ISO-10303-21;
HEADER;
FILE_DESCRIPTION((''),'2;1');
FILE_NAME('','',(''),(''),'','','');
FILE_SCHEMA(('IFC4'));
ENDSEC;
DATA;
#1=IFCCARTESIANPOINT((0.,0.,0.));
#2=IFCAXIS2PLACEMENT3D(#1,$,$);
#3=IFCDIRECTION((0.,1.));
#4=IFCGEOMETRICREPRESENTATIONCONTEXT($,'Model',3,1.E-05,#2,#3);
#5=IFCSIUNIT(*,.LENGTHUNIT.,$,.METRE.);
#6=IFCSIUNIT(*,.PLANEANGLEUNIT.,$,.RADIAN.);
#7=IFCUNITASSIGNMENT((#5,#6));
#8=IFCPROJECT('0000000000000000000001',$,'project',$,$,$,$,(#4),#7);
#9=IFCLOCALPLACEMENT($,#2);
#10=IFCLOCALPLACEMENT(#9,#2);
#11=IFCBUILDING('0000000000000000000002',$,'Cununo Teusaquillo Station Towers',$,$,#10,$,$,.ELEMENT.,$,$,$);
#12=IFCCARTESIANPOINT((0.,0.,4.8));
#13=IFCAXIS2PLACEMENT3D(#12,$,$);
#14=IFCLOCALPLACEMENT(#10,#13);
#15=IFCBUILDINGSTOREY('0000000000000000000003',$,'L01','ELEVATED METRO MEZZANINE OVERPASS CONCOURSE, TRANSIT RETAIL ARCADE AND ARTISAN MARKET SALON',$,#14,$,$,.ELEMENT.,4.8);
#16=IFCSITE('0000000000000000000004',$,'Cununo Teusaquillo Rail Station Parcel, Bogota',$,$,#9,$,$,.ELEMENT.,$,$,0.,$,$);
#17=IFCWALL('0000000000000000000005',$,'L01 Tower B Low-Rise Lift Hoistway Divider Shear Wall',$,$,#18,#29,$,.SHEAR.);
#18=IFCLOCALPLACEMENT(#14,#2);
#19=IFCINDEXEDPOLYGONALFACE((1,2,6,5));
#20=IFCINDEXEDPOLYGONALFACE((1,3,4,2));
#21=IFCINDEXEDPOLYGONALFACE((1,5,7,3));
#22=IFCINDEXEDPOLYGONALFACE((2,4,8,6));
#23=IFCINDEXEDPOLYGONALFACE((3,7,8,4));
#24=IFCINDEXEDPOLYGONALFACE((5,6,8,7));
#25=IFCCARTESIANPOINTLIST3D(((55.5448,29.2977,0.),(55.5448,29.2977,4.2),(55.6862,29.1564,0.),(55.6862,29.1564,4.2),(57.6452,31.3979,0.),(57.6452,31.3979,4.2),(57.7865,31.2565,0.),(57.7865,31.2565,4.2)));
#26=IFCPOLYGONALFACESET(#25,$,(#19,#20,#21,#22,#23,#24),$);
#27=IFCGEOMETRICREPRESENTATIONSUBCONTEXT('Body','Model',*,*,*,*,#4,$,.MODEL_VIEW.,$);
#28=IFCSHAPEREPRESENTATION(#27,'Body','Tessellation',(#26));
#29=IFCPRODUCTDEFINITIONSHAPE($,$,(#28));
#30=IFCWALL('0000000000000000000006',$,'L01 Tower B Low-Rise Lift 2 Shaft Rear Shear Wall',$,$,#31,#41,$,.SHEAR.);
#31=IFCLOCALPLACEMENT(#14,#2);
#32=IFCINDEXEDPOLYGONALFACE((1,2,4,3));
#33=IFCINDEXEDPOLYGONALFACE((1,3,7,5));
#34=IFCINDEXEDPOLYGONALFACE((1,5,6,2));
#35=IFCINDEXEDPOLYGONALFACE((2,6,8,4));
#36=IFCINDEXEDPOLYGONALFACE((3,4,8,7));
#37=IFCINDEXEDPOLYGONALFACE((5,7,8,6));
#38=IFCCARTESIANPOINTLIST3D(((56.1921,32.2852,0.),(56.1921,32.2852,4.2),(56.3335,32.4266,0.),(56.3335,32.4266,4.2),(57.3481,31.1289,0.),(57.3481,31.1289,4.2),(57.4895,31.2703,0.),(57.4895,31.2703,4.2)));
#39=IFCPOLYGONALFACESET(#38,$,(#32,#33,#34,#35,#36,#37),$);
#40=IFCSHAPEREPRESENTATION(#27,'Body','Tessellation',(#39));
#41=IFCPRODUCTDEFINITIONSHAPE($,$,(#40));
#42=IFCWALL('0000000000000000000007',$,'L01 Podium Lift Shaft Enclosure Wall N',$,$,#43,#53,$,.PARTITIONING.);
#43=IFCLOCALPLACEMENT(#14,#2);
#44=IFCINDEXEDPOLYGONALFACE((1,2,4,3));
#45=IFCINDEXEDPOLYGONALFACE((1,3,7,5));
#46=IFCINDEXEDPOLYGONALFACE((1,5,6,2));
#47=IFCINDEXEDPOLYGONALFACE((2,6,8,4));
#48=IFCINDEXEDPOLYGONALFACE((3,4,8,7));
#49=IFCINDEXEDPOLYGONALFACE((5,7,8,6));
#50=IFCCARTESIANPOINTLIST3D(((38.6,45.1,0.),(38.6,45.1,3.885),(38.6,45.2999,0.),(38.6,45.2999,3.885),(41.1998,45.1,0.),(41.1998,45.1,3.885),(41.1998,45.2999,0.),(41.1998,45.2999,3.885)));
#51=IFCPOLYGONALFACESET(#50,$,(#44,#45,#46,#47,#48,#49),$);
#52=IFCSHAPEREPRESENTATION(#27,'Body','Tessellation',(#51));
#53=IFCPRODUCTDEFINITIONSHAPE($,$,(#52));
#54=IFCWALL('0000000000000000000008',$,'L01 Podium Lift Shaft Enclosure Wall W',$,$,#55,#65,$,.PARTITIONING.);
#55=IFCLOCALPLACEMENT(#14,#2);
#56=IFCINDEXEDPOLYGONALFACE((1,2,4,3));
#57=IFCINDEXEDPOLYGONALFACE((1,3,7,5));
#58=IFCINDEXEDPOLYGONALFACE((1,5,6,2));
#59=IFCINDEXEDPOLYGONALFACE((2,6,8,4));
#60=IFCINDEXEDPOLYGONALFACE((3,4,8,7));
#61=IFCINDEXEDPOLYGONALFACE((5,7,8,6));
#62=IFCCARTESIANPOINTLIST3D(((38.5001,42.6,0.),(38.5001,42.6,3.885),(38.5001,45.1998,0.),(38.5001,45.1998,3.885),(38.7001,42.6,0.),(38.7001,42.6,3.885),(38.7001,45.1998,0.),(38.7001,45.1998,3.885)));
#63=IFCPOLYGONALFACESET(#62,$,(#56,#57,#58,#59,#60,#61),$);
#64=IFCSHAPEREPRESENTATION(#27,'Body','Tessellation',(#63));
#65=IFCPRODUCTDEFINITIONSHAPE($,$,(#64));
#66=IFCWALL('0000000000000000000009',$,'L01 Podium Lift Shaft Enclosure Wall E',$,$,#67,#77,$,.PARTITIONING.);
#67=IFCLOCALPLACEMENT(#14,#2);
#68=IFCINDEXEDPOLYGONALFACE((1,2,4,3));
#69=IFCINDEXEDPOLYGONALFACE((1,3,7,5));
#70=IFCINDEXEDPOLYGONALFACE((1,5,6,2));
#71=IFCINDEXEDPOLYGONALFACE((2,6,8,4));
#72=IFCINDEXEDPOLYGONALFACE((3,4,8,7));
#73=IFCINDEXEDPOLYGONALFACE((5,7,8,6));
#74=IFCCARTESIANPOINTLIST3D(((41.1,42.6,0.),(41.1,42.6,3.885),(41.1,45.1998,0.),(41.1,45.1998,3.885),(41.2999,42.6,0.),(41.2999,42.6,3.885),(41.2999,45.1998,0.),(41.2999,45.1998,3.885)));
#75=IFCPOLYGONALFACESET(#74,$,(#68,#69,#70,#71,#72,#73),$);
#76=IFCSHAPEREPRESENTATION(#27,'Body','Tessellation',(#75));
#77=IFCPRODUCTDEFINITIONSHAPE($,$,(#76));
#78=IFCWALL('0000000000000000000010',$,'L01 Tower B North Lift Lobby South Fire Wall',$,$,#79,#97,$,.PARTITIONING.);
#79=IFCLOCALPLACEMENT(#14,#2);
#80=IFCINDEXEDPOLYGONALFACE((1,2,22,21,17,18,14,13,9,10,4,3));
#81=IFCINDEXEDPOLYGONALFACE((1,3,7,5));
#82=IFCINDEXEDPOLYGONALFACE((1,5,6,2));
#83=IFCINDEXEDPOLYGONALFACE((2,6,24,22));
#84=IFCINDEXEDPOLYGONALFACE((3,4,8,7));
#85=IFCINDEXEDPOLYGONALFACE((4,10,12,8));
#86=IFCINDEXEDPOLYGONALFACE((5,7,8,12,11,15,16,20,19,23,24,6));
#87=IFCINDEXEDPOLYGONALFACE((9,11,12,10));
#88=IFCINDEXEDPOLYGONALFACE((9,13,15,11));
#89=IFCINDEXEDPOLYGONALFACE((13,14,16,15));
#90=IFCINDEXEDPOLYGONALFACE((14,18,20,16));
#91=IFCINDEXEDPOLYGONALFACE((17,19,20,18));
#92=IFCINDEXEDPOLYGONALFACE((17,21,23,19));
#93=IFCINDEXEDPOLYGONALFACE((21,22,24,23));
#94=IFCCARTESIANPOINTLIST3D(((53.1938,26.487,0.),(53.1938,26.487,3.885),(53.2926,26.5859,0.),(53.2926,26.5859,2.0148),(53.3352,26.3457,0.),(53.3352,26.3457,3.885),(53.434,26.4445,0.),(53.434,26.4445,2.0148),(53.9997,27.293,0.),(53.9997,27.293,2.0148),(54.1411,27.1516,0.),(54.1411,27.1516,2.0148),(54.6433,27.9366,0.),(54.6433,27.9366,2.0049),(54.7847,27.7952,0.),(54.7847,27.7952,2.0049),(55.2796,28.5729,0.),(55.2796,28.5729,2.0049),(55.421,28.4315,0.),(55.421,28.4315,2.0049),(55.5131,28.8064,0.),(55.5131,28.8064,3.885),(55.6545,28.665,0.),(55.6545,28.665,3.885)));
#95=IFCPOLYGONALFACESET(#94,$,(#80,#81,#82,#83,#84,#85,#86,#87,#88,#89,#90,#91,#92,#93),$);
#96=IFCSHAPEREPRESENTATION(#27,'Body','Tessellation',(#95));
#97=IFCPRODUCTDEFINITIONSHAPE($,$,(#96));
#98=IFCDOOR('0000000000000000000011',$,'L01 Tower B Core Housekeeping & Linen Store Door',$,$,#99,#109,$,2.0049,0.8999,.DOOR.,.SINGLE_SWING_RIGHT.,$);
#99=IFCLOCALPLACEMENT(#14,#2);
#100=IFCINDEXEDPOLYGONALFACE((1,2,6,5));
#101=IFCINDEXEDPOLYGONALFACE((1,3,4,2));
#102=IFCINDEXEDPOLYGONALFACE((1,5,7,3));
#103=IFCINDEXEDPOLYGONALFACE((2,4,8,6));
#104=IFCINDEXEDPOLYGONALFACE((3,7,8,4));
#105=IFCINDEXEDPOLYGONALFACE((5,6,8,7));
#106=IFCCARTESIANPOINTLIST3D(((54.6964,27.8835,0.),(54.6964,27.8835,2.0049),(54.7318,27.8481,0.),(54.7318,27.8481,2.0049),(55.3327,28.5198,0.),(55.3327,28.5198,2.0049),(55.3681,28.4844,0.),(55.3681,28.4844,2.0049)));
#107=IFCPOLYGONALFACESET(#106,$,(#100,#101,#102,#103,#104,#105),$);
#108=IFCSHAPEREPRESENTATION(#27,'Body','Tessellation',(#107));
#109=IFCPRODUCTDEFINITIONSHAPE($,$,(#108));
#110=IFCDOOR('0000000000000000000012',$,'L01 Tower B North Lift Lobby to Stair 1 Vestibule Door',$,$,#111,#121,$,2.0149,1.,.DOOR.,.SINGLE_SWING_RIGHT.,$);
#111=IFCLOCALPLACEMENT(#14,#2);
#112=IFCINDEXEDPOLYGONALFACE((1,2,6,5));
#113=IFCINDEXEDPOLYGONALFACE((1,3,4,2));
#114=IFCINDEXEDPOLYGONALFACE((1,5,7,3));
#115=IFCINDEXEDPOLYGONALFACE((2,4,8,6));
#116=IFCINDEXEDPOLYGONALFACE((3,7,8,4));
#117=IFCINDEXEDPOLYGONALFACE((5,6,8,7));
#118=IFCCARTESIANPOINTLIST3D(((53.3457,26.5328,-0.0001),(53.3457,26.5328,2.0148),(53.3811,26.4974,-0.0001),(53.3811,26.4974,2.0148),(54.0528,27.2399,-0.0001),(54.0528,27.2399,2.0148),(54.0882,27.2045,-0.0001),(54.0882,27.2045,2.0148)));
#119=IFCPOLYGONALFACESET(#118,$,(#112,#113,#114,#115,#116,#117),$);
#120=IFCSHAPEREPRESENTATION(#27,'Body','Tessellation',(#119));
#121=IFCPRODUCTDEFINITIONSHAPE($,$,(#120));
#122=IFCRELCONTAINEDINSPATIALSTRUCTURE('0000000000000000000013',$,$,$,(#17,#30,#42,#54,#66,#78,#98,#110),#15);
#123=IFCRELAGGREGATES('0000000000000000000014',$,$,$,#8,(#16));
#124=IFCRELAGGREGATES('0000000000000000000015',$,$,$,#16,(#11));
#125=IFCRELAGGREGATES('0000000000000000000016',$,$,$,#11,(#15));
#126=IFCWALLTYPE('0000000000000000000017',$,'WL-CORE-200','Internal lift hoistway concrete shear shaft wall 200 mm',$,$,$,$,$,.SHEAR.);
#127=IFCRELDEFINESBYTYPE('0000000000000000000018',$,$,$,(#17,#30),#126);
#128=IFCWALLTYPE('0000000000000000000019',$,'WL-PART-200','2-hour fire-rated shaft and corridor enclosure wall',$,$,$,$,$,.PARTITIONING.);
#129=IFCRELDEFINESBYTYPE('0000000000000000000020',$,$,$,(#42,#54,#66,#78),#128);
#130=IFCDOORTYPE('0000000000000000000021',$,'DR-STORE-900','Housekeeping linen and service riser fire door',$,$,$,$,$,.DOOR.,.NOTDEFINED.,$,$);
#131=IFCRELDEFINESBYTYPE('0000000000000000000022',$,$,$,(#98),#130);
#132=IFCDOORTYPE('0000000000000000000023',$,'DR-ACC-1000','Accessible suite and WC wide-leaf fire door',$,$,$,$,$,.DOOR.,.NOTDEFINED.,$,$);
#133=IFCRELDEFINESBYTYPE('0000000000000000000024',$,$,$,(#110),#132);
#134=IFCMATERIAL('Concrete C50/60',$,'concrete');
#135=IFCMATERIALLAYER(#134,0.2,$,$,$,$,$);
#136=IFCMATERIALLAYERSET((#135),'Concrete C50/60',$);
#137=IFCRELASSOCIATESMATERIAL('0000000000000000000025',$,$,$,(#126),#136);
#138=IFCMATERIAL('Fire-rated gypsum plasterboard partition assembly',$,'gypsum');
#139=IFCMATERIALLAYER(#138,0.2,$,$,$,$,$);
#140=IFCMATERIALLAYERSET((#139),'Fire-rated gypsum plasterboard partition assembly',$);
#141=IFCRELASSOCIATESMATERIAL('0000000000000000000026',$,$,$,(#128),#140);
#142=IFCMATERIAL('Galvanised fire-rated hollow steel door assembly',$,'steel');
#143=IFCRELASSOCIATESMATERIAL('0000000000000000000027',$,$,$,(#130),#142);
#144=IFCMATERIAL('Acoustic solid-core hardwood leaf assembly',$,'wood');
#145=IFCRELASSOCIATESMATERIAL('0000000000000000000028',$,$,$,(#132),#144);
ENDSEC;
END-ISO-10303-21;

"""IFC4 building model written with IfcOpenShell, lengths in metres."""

from ifc_helpers import new_model, si_unit, direction, frame, frame_2d, origin, place, context, subcontext, project, spatial, rectangle, extrude, source, transform, mapped, material, layer, layer_set, type_object, element, fill, save


model = new_model("IFC4")

# Units and contexts
model_context = context("Model", 3, precision=1e-05, world=origin(), true_north=direction((0.0, 1.0)))
body_context = subcontext(model_context, "Body", "Model", "MODEL_VIEW")
ifc_project = project(units=[si_unit("LENGTHUNIT", "METRE"), si_unit("PLANEANGLEUNIT", "RADIAN")], contexts=[model_context])

# Site, building, storey
site_placement = place(None, origin())
site = spatial("IfcSite", under=ifc_project, at=site_placement, Name="Cununo Teusaquillo Rail Station Parcel, Bogota", CompositionType="ELEMENT", RefElevation=0.0)
building_placement = place(site_placement, origin())
building = spatial("IfcBuilding", under=site, at=building_placement, Name="Cununo Teusaquillo Station Towers", CompositionType="ELEMENT")
storey_placement = place(building_placement, frame((0.0, 0.0, 4.8)))
storey = spatial("IfcBuildingStorey", under=building, at=storey_placement, Name="L01", Description="ELEVATED METRO MEZZANINE OVERPASS CONCOURSE, TRANSIT RETAIL ARCADE AND ARTISAN MARKET SALON", CompositionType="ELEMENT", Elevation=4.8)

# Walls
ifc_material_1 = material(Name="Concrete C50/60", Category="concrete")
ifc_layer_1 = layer(ifc_material_1, 0.2)
ifc_layer_set_1 = layer_set([ifc_layer_1], Name="Concrete C50/60")
wall_type_1 = type_object("IfcWallType", Name="WL-CORE-200", Description="Internal lift hoistway concrete shear shaft wall 200 mm", PredefinedType="SHEAR", material=ifc_layer_set_1)
wall_1_placement = place(storey_placement, frame((55.6155, 29.2271, 0.0), z_axis=(0.0, 0.0, 1.0), x_axis=(0.707148, 0.707066, 0.0)))
element("IfcWall", 1, at=wall_1_placement, inside=storey, type_object=wall_type_1, Name="L01 Tower B Low-Rise Lift Hoistway Divider Shear Wall", PredefinedType="SHEAR", context=body_context, shape_type="SweptSolid", body=[
    extrude(rectangle(XDim=2.9702, YDim=0.2, at=frame_2d((1.4851, 0.0))), origin(), (0.0, 0.0, 1.0), 4.2),
])
wall_2_placement = place(storey_placement, frame((57.4187, 31.1997, 0.0), z_axis=(0.0, 0.0, 1.0), x_axis=(-0.707032, 0.707181, 0.0)))
element("IfcWall", 2, at=wall_2_placement, inside=storey, type_object=wall_type_1, Name="L01 Tower B Low-Rise Lift 2 Shaft Rear Shear Wall", PredefinedType="SHEAR", context=body_context, shape_type="SweptSolid", body=[
    extrude(rectangle(XDim=1.635, YDim=0.2, at=frame_2d((0.8174, 0.0))), origin(), (0.0, 0.0, 1.0), 4.2),
])
ifc_material_2 = material(Name="Fire-rated gypsum plasterboard partition assembly", Category="gypsum")
ifc_layer_2 = layer(ifc_material_2, 0.2)
ifc_layer_set_2 = layer_set([ifc_layer_2], Name="Fire-rated gypsum plasterboard partition assembly")
wall_type_2 = type_object("IfcWallType", Name="WL-PART-200", Description="2-hour fire-rated shaft and corridor enclosure wall", PredefinedType="PARTITIONING", material=ifc_layer_set_2)
for number, where, z_axis, x_axis, name in (
    (3, (38.6001, 45.2, 0.0), (0.0, 0.0, 1.0), (1.0, 0.0, 0.0), "L01 Podium Lift Shaft Enclosure Wall N"),
    (4, (38.6001, 42.6001, 0.0), (0.0, 0.0, 1.0), (0.0, 1.0, 0.0), "L01 Podium Lift Shaft Enclosure Wall W"),
    (5, (41.2, 42.6001, 0.0), (0.0, 0.0, 1.0), (0.0, 1.0, 0.0), "L01 Podium Lift Shaft Enclosure Wall E"),
):
    element("IfcWall", number, at=place(storey_placement, frame(where, z_axis=z_axis, x_axis=x_axis)), inside=storey, type_object=wall_type_2, Name=name, PredefinedType="PARTITIONING", context=body_context, shape_type="SweptSolid", body=[
        extrude(rectangle(XDim=2.5999, YDim=0.2, at=frame_2d((1.2998, 0.0))), origin(), (0.0, 0.0, 1.0), 3.885),
    ])

# Wall, openings, doors
wall_3_placement = place(storey_placement, frame((53.2644, 26.4163, 0.0), z_axis=(0.0, 0.0, 1.0), x_axis=(0.707107, 0.707107, 0.0)))
wall_3 = element("IfcWall", 6, at=wall_3_placement, inside=storey, type_object=wall_type_2, Name="L01 Tower B North Lift Lobby South Fire Wall", PredefinedType="PARTITIONING", context=body_context, shape_type="SweptSolid", body=[
    extrude(rectangle(XDim=3.28, YDim=0.2, at=frame_2d((1.6401, 0.0))), origin(), (0.0, 0.0, 1.0), 3.885),
])
shared_shape_1 = source(origin(), body_context, "Body", "SweptSolid", [
    extrude(rectangle(XDim=1.0, YDim=2.0149, at=frame_2d((0.5, 1.0073))), frame((0.0, 0.1099, 0.0), z_axis=(0.0, -1.0, 0.0), x_axis=(1.0, 0.0, 0.0)), (0.0, 0.0, 1.0), 0.22),
])
opening_1_placement = place(wall_3_placement, frame((0.1399, 0.0, 0.0)))
opening_1 = element("IfcOpeningElement", 7, at=opening_1_placement, cuts=wall_3, PredefinedType="OPENING", context=body_context, shape_type="MappedRepresentation", body=[
    mapped(shared_shape_1, transform((0.0, 0.0, 0.0), x_axis=(1.0, 0.0, 0.0), y_axis=(0.0, 1.0, 0.0), z_axis=(0.0, 0.0, 1.0), scale=1.0)),
])
shared_shape_2 = source(origin(), body_context, "Body", "SweptSolid", [
    extrude(rectangle(XDim=0.8999, YDim=2.0049, at=frame_2d((0.45, 1.0024))), frame((0.0, 0.1099, 0.0), z_axis=(0.0, -1.0, 0.0), x_axis=(1.0, 0.0, 0.0)), (0.0, 0.0, 1.0), 0.22),
])
opening_2_placement = place(wall_3_placement, frame((2.05, 0.0, 0.0)))
opening_2 = element("IfcOpeningElement", 8, at=opening_2_placement, cuts=wall_3, PredefinedType="OPENING", context=body_context, shape_type="MappedRepresentation", body=[
    mapped(shared_shape_2, transform((0.0, 0.0, 0.0), x_axis=(1.0, 0.0, 0.0), y_axis=(0.0, 1.0, 0.0), z_axis=(0.0, 0.0, 1.0), scale=1.0)),
])
ifc_material_3 = material(Name="Galvanised fire-rated hollow steel door assembly", Category="steel")
door_type_1 = type_object("IfcDoorType", Name="DR-STORE-900", Description="Housekeeping linen and service riser fire door", OperationType="NOTDEFINED", PredefinedType="DOOR", material=ifc_material_3)
shared_shape_3 = source(origin(), body_context, "Body", "SweptSolid", [
    extrude(rectangle(XDim=0.8999, YDim=2.0049, at=frame_2d((0.45, 1.0024))), frame((0.0, 0.0249, 0.0), z_axis=(0.0, -1.0, 0.0), x_axis=(1.0, 0.0, 0.0)), (0.0, 0.0, 1.0), 0.05),
])
door_1_placement = place(opening_2_placement, origin())
door_1 = element("IfcDoor", 9, at=door_1_placement, inside=storey, type_object=door_type_1, Name="L01 Tower B Core Housekeeping & Linen Store Door", OperationType="SINGLE_SWING_RIGHT", OverallHeight=2.0049, OverallWidth=0.8999, PredefinedType="DOOR", context=body_context, shape_type="MappedRepresentation", body=[
    mapped(shared_shape_3, transform((0.0, 0.0, 0.0), x_axis=(1.0, 0.0, 0.0), y_axis=(0.0, 1.0, 0.0), z_axis=(0.0, 0.0, 1.0), scale=1.0)),
])
fill(opening_2, door_1)
ifc_material_4 = material(Name="Acoustic solid-core hardwood leaf assembly", Category="wood")
door_type_2 = type_object("IfcDoorType", Name="DR-ACC-1000", Description="Accessible suite and WC wide-leaf fire door", OperationType="NOTDEFINED", PredefinedType="DOOR", material=ifc_material_4)
shared_shape_4 = source(origin(), body_context, "Body", "SweptSolid", [
    extrude(rectangle(XDim=1.0, YDim=2.0149, at=frame_2d((0.5, 1.0073))), frame((0.0, 0.0249, 0.0), z_axis=(0.0, -1.0, 0.0), x_axis=(1.0, 0.0, 0.0)), (0.0, 0.0, 1.0), 0.05),
])
door_2_placement = place(opening_1_placement, origin())
door_2 = element("IfcDoor", 10, at=door_2_placement, inside=storey, type_object=door_type_2, Name="L01 Tower B North Lift Lobby to Stair 1 Vestibule Door", OperationType="SINGLE_SWING_RIGHT", OverallHeight=2.0149, OverallWidth=1.0, PredefinedType="DOOR", context=body_context, shape_type="MappedRepresentation", body=[
    mapped(shared_shape_4, transform((0.0, 0.0, 0.0), x_axis=(1.0, 0.0, 0.0), y_axis=(0.0, 1.0, 0.0), z_axis=(0.0, 0.0, 1.0), scale=1.0)),
])
fill(opening_1, door_2)

save(model, "model.ifc")
